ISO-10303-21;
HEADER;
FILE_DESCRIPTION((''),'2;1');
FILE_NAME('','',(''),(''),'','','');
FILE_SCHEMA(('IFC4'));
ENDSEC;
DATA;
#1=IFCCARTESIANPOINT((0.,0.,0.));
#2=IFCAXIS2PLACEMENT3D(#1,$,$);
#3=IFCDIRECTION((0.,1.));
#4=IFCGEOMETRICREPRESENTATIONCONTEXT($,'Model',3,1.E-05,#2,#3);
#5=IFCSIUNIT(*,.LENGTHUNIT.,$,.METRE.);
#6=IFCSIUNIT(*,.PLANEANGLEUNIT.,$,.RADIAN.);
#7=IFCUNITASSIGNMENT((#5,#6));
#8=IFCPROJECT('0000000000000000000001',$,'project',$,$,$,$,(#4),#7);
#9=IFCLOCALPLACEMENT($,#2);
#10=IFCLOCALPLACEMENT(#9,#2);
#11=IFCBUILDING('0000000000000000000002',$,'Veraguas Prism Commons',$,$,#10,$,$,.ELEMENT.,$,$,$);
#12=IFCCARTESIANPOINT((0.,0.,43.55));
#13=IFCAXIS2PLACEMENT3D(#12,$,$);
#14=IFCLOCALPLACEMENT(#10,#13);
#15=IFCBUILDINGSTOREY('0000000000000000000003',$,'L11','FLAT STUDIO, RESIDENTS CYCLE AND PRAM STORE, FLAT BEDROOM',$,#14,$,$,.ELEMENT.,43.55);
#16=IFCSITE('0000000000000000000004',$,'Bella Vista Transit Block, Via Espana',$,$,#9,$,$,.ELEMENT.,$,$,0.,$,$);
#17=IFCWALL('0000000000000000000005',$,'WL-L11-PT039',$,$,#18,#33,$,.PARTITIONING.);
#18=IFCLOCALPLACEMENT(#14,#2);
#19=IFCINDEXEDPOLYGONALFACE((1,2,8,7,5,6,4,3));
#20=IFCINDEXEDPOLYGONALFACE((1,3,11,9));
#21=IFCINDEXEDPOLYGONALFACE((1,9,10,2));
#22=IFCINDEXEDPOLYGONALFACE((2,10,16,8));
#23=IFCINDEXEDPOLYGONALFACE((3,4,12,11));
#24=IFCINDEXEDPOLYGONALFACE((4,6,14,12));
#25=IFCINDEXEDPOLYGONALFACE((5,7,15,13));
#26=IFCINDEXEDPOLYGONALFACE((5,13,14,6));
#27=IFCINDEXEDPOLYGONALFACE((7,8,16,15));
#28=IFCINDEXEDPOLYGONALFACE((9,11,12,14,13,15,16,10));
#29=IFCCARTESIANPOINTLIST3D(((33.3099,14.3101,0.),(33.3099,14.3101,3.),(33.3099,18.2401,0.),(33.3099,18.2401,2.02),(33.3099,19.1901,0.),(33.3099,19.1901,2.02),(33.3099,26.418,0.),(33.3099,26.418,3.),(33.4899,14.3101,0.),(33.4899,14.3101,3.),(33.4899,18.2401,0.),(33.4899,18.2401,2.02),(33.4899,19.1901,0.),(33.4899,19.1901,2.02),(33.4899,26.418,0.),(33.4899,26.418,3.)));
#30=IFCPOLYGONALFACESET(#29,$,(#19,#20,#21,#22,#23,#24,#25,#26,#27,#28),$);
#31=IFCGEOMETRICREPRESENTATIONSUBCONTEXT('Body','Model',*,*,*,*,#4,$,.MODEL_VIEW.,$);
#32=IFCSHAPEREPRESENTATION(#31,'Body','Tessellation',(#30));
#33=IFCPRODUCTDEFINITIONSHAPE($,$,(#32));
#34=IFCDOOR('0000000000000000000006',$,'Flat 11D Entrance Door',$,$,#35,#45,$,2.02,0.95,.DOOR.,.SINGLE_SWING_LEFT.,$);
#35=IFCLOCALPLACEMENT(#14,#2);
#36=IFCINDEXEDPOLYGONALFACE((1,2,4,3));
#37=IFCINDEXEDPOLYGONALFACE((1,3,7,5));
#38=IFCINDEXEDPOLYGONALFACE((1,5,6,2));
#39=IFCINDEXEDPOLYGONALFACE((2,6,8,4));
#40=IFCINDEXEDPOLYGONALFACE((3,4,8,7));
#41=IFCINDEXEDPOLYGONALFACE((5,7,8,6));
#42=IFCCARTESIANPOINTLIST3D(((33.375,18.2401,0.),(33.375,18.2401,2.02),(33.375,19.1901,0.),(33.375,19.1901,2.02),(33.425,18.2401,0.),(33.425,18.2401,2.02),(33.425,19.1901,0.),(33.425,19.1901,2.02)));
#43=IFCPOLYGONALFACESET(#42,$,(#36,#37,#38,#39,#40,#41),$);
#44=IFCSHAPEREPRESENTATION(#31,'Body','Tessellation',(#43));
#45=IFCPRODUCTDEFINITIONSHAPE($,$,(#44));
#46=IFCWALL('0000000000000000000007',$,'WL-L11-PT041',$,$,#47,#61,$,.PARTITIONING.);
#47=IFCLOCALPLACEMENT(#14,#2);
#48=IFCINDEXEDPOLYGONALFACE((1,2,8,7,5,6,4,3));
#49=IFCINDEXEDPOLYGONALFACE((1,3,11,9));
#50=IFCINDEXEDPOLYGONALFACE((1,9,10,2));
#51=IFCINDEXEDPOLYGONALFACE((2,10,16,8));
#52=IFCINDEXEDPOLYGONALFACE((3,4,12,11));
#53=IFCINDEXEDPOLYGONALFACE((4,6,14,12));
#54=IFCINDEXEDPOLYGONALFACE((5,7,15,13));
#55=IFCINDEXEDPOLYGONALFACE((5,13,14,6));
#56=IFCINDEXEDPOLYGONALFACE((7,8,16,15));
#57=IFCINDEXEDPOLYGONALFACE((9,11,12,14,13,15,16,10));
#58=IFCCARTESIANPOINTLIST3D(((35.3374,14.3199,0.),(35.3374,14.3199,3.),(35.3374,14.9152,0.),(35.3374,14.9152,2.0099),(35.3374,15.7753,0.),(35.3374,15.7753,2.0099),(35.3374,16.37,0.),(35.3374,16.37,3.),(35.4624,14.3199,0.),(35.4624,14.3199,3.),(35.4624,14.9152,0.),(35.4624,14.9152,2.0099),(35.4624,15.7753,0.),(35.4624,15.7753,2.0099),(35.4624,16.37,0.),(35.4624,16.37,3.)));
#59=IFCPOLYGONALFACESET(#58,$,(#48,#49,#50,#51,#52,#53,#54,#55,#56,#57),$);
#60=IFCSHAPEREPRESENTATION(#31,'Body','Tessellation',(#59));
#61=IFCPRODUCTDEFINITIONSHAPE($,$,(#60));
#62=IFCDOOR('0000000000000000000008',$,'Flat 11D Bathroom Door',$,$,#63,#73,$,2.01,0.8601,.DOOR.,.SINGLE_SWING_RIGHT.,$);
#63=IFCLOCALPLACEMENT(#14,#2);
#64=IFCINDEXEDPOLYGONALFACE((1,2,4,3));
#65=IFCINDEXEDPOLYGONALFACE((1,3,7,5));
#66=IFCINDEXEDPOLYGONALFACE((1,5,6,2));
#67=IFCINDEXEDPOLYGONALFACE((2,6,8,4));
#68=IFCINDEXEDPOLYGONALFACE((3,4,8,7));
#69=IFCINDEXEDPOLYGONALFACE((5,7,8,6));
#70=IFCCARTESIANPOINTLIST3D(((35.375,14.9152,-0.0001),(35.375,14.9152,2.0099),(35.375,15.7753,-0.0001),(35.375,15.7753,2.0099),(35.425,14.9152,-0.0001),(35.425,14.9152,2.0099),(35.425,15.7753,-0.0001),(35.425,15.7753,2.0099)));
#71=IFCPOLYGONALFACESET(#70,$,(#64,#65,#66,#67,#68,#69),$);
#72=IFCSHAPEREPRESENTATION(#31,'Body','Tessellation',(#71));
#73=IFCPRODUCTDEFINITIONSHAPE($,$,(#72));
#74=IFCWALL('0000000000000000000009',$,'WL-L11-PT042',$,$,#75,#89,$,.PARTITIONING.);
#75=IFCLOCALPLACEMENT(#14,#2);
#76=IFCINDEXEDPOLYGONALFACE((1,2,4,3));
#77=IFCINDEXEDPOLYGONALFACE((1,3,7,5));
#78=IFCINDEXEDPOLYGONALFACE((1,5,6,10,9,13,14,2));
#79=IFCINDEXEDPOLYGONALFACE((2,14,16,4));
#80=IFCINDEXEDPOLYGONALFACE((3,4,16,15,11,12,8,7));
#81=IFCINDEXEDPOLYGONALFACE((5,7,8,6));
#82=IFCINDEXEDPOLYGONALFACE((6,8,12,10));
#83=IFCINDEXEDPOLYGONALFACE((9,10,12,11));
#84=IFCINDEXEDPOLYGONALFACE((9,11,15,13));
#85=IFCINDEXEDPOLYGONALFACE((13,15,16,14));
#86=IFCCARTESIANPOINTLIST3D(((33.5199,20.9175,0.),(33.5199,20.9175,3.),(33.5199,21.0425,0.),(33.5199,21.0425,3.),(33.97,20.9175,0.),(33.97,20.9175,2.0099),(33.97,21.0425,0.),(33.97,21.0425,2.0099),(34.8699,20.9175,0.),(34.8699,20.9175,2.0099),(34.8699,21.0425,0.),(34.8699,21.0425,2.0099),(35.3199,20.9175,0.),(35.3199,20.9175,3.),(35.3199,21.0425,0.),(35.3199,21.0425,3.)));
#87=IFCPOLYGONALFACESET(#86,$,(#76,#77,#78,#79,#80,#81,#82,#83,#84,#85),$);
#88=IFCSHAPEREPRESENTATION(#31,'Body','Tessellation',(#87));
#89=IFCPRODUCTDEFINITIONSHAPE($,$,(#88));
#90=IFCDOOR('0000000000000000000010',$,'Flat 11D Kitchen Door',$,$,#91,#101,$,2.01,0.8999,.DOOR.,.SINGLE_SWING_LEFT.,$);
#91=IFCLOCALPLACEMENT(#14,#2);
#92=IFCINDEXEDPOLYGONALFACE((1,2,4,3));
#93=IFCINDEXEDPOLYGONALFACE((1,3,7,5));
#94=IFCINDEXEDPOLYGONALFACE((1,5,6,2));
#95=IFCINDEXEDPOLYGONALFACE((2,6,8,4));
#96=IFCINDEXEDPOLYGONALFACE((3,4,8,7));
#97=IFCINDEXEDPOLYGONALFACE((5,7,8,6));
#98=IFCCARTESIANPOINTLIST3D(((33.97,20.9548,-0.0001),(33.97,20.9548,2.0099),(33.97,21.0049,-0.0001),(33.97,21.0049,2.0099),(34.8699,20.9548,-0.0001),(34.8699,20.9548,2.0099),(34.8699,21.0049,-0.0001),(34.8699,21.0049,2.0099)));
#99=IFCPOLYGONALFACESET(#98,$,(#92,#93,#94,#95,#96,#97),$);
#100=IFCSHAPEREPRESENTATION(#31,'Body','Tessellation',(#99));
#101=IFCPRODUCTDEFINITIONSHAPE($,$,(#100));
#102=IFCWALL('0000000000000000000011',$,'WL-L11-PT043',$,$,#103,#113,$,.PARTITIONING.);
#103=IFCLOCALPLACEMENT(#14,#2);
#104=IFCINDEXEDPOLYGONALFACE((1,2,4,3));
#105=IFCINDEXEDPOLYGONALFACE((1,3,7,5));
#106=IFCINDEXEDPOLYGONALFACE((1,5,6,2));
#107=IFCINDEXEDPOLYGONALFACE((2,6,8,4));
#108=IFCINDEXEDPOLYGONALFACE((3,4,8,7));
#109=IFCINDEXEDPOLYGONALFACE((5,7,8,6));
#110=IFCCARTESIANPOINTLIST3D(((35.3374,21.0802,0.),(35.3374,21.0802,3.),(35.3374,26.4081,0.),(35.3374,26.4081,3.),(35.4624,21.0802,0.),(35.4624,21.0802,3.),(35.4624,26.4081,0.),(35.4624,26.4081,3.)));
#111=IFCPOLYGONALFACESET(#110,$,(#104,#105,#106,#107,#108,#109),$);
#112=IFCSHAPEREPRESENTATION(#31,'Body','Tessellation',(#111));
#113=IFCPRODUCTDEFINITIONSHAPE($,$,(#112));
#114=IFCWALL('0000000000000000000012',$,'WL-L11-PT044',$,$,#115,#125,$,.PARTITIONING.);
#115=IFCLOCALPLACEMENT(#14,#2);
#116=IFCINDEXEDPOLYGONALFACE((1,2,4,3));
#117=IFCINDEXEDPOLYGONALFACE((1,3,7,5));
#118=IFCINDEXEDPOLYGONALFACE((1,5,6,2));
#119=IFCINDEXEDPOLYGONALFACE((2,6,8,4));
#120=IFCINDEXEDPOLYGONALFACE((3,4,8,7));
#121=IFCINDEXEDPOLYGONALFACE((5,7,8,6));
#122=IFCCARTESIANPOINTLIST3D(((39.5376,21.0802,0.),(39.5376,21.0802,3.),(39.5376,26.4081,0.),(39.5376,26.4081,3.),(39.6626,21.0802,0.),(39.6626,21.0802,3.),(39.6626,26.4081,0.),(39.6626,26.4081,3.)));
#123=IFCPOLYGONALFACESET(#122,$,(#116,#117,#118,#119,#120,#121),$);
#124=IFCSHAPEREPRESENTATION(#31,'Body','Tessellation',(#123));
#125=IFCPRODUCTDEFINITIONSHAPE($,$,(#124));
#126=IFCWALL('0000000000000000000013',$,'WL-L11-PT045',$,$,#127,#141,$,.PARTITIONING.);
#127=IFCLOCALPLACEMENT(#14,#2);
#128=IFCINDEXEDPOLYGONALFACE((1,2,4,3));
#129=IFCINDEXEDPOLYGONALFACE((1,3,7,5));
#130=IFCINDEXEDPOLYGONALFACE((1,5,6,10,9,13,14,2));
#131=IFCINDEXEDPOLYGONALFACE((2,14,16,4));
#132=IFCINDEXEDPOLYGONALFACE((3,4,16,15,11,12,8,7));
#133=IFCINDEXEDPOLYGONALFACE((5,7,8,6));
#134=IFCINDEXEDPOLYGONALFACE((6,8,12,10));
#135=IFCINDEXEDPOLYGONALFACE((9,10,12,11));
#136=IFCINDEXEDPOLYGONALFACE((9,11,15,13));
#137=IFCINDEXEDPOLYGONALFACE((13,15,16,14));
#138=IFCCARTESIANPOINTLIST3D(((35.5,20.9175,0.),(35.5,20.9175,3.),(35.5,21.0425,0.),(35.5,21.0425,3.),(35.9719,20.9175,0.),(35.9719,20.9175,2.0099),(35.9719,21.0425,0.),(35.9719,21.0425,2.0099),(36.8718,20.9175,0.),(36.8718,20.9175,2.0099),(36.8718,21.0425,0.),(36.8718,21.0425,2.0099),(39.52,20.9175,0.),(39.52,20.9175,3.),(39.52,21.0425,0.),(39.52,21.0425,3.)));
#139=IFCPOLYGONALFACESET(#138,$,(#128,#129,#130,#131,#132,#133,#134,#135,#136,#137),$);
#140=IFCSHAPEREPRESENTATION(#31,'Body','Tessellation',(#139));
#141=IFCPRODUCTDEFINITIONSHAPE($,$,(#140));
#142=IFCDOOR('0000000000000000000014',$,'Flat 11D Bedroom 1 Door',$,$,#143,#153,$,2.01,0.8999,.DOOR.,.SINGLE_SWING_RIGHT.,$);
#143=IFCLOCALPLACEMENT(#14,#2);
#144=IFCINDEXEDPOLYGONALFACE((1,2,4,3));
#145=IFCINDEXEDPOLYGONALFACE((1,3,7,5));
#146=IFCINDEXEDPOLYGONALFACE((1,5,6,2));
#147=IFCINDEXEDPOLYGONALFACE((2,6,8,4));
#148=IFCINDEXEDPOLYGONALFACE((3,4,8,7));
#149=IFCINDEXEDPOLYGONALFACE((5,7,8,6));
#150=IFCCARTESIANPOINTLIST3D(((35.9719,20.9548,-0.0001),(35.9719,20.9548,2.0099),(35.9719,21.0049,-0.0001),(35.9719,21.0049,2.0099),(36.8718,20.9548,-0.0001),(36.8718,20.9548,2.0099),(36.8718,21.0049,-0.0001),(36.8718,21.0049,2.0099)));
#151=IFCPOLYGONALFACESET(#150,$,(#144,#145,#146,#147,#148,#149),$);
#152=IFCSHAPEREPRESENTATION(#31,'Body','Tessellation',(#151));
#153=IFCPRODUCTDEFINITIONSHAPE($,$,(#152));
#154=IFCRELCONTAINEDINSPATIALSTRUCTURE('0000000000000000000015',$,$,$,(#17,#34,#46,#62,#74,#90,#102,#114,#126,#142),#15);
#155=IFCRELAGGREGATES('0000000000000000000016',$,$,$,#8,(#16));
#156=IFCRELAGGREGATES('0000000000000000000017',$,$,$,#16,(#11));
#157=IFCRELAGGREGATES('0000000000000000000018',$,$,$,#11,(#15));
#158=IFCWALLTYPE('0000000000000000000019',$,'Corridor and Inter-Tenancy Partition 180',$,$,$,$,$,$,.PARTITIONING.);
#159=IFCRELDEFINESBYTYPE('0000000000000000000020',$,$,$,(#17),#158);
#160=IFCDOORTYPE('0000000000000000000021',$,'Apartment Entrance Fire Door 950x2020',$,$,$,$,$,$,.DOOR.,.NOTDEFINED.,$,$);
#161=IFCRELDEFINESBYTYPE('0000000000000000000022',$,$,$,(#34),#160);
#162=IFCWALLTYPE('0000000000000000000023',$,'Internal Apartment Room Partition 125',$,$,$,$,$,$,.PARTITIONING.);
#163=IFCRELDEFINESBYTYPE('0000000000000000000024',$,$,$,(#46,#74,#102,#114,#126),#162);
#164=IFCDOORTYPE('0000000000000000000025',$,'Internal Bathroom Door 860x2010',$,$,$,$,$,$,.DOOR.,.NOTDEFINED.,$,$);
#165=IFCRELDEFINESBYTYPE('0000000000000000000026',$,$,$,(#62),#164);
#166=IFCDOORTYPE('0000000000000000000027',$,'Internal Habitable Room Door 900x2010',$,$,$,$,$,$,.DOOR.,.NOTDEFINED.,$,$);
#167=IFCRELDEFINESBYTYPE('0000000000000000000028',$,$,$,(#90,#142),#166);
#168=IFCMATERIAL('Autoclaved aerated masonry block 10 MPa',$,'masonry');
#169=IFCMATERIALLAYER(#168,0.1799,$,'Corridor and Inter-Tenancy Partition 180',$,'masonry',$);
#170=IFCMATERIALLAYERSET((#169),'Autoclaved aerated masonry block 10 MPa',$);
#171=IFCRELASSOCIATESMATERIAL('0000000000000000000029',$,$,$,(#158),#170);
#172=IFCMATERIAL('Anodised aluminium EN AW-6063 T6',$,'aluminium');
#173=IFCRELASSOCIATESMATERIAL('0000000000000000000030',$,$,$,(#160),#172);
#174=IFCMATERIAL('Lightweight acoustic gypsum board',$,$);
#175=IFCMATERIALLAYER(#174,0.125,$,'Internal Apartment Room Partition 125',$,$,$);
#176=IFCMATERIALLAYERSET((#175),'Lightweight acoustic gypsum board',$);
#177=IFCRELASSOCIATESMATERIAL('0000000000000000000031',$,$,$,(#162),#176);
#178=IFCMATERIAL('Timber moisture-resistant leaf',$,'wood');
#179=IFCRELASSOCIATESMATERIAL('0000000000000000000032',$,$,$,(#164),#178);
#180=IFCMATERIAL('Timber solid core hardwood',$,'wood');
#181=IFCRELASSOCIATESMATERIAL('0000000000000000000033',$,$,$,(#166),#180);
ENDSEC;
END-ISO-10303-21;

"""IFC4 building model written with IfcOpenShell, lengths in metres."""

from ifc_helpers import new_model, si_unit, direction, frame, frame_2d, origin, place, context, subcontext, project, spatial, rectangle, extrude, source, transform, mapped, material, layer, layer_set, type_object, element, fill, save


model = new_model("IFC4")

# Units and contexts
model_context = context("Model", 3, precision=1e-05, world=origin(), true_north=direction((0.0, 1.0)))
body_context = subcontext(model_context, "Body", "Model", "MODEL_VIEW")
ifc_project = project(units=[si_unit("LENGTHUNIT", "METRE"), si_unit("PLANEANGLEUNIT", "RADIAN")], contexts=[model_context])

# Site, building, storey
site_placement = place(None, origin())
site = spatial("IfcSite", under=ifc_project, at=site_placement, Name="Bella Vista Transit Block, Via Espana", CompositionType="ELEMENT", RefElevation=0.0)
building_placement = place(site_placement, origin())
building = spatial("IfcBuilding", under=site, at=building_placement, Name="Veraguas Prism Commons", CompositionType="ELEMENT")
storey_placement = place(building_placement, frame((0.0, 0.0, 43.55)))
storey = spatial("IfcBuildingStorey", under=building, at=storey_placement, Name="L11", Description="FLAT STUDIO, RESIDENTS CYCLE AND PRAM STORE, FLAT BEDROOM", CompositionType="ELEMENT", Elevation=43.55)

# Shared definitions
ifc_material_1 = material(Name="Anodised aluminium EN AW-6063 T6", Category="aluminium")

# Shared definitions
ifc_material_2 = material(Name="Autoclaved aerated masonry block 10 MPa", Category="masonry")
ifc_layer_1 = layer(ifc_material_2, 0.1799, Name="Corridor and Inter-Tenancy Partition 180", Category="masonry")
ifc_layer_set_1 = layer_set([ifc_layer_1], Name="Autoclaved aerated masonry block 10 MPa")
wall_type_1 = type_object("IfcWallType", Name="Corridor and Inter-Tenancy Partition 180", PredefinedType="PARTITIONING", material=ifc_layer_set_1)

# Walls, openings, doors
wall_1_placement = place(storey_placement, frame((33.3999, 14.3101, 0.0), z_axis=(0.0, 0.0, 1.0), x_axis=(0.0, 1.0, 0.0)))
wall_1 = element("IfcWall", 1, at=wall_1_placement, inside=storey, type_object=wall_type_1, Name="WL-L11-PT039", PredefinedType="PARTITIONING", context=body_context, shape_type="SweptSolid", body=[
    extrude(rectangle(XDim=12.1079, YDim=0.1799, at=frame_2d((6.054, 0.0))), origin(), (0.0, 0.0, 1.0), 3.0),
])
opening_1_placement = place(wall_1_placement, frame((3.9299, 0.0, 0.0)))
opening_1 = element("IfcOpeningElement", 2, at=opening_1_placement, cuts=wall_1, PredefinedType="OPENING", context=body_context, shape_type="SweptSolid", body=[
    extrude(rectangle(XDim=0.95, YDim=2.02, at=frame_2d((0.4751, 1.01))), frame((0.0, 0.0999, 0.0), z_axis=(0.0, -1.0, 0.0), x_axis=(1.0, 0.0, 0.0)), (0.0, 0.0, 1.0), 0.2),
])
door_type_1 = type_object("IfcDoorType", Name="Apartment Entrance Fire Door 950x2020", OperationType="NOTDEFINED", PredefinedType="DOOR", material=ifc_material_1)
shared_shape_1 = source(origin(), body_context, "Body", "SweptSolid", [
    extrude(rectangle(XDim=0.95, YDim=2.02, at=frame_2d((0.4751, 1.01))), frame((0.0, 0.0249, 0.0), z_axis=(0.0, -1.0, 0.0), x_axis=(1.0, 0.0, 0.0)), (0.0, 0.0, 1.0), 0.05),
])
door_1_placement = place(opening_1_placement, origin())
door_1 = element("IfcDoor", 3, at=door_1_placement, inside=storey, type_object=door_type_1, Name="Flat 11D Entrance Door", OperationType="SINGLE_SWING_LEFT", OverallHeight=2.02, OverallWidth=0.95, PredefinedType="DOOR", context=body_context, shape_type="MappedRepresentation", body=[
    mapped(shared_shape_1, transform((0.0, 0.0, 0.0), scale=1.0)),
])
fill(opening_1, door_1)
ifc_material_3 = material(Name="Lightweight acoustic gypsum board")
ifc_layer_2 = layer(ifc_material_3, 0.125, Name="Internal Apartment Room Partition 125")
ifc_layer_set_2 = layer_set([ifc_layer_2], Name="Lightweight acoustic gypsum board")
wall_type_2 = type_object("IfcWallType", Name="Internal Apartment Room Partition 125", PredefinedType="PARTITIONING", material=ifc_layer_set_2)
wall_2_placement = place(storey_placement, frame((35.3999, 14.3201, 0.0), z_axis=(0.0, 0.0, 1.0), x_axis=(0.0, 1.0, 0.0)))
wall_2 = element("IfcWall", 4, at=wall_2_placement, inside=storey, type_object=wall_type_2, Name="WL-L11-PT041", PredefinedType="PARTITIONING", context=body_context, shape_type="SweptSolid", body=[
    extrude(rectangle(XDim=2.05, YDim=0.125, at=frame_2d((1.0249, 0.0))), origin(), (0.0, 0.0, 1.0), 3.0),
])
opening_2_placement = place(wall_2_placement, frame((0.595, 0.0, 0.0)))
opening_2 = element("IfcOpeningElement", 5, at=opening_2_placement, cuts=wall_2, PredefinedType="OPENING", context=body_context, shape_type="SweptSolid", body=[
    extrude(rectangle(XDim=0.8601, YDim=2.01, at=frame_2d((0.4302, 1.0049))), frame((0.0, 0.0725, 0.0), z_axis=(0.0, -1.0, 0.0), x_axis=(1.0, 0.0, 0.0)), (0.0, 0.0, 1.0), 0.145),
])
ifc_material_4 = material(Name="Timber moisture-resistant leaf", Category="wood")
door_type_2 = type_object("IfcDoorType", Name="Internal Bathroom Door 860x2010", OperationType="NOTDEFINED", PredefinedType="DOOR", material=ifc_material_4)
shared_shape_2 = source(origin(), body_context, "Body", "SweptSolid", [
    extrude(rectangle(XDim=0.8601, YDim=2.01, at=frame_2d((0.4302, 1.0049))), frame((0.0, 0.0249, 0.0), z_axis=(0.0, -1.0, 0.0), x_axis=(1.0, 0.0, 0.0)), (0.0, 0.0, 1.0), 0.05),
])
door_2_placement = place(opening_2_placement, origin())
door_2 = element("IfcDoor", 6, at=door_2_placement, inside=storey, type_object=door_type_2, Name="Flat 11D Bathroom Door", OperationType="SINGLE_SWING_RIGHT", OverallHeight=2.01, OverallWidth=0.8601, PredefinedType="DOOR", context=body_context, shape_type="MappedRepresentation", body=[
    mapped(shared_shape_2, transform((0.0, 0.0, 0.0), scale=1.0)),
])
fill(opening_2, door_2)
wall_3_placement = place(storey_placement, frame((33.52, 20.98, 0.0), z_axis=(0.0, 0.0, 1.0), x_axis=(1.0, 0.0, 0.0)))
wall_3 = element("IfcWall", 7, at=wall_3_placement, inside=storey, type_object=wall_type_2, Name="WL-L11-PT042", PredefinedType="PARTITIONING", context=body_context, shape_type="SweptSolid", body=[
    extrude(rectangle(XDim=1.8, YDim=0.125, at=frame_2d((0.8999, 0.0))), origin(), (0.0, 0.0, 1.0), 3.0),
])
opening_3_placement = place(wall_3_placement, frame((0.45, 0.0, 0.0)))
opening_3 = element("IfcOpeningElement", 8, at=opening_3_placement, cuts=wall_3, PredefinedType="OPENING", context=body_context, shape_type="SweptSolid", body=[
    extrude(rectangle(XDim=0.8999, YDim=2.01, at=frame_2d((0.45, 1.0049))), frame((0.0, 0.0725, 0.0), z_axis=(0.0, -1.0, 0.0), x_axis=(1.0, 0.0, 0.0)), (0.0, 0.0, 1.0), 0.145),
])
ifc_material_5 = material(Name="Timber solid core hardwood", Category="wood")
door_type_3 = type_object("IfcDoorType", Name="Internal Habitable Room Door 900x2010", OperationType="NOTDEFINED", PredefinedType="DOOR", material=ifc_material_5)
shared_shape_3 = source(origin(), body_context, "Body", "SweptSolid", [
    extrude(rectangle(XDim=0.8999, YDim=2.01, at=frame_2d((0.45, 1.0049))), frame((0.0, 0.0249, 0.0), z_axis=(0.0, -1.0, 0.0), x_axis=(1.0, 0.0, 0.0)), (0.0, 0.0, 1.0), 0.05),
])
door_3_placement = place(opening_3_placement, origin())
door_3 = element("IfcDoor", 9, at=door_3_placement, inside=storey, type_object=door_type_3, Name="Flat 11D Kitchen Door", OperationType="SINGLE_SWING_LEFT", OverallHeight=2.01, OverallWidth=0.8999, PredefinedType="DOOR", context=body_context, shape_type="MappedRepresentation", body=[
    mapped(shared_shape_3, transform((0.0, 0.0, 0.0), scale=1.0)),
])
fill(opening_3, door_3)

# Walls
for number, where, z_axis, x_axis, name in (
    (10, (35.3999, 21.0801, 0.0), (0.0, 0.0, 1.0), (0.0, 1.0, 0.0), "WL-L11-PT043"),
    (11, (39.6001, 21.0801, 0.0), (0.0, 0.0, 1.0), (0.0, 1.0, 0.0), "WL-L11-PT044"),
):
    element("IfcWall", number, at=place(storey_placement, frame(where, z_axis=z_axis, x_axis=x_axis)), inside=storey, type_object=wall_type_2, Name=name, PredefinedType="PARTITIONING", context=body_context, shape_type="SweptSolid", body=[
        extrude(rectangle(XDim=5.3279, YDim=0.125, at=frame_2d((2.6641, 0.0))), origin(), (0.0, 0.0, 1.0), 3.0),
    ])

# Wall, opening, door
wall_4_placement = place(storey_placement, frame((35.5, 20.98, 0.0), z_axis=(0.0, 0.0, 1.0), x_axis=(1.0, 0.0, 0.0)))
wall_4 = element("IfcWall", 12, at=wall_4_placement, inside=storey, type_object=wall_type_2, Name="WL-L11-PT045", PredefinedType="PARTITIONING", context=body_context, shape_type="SweptSolid", body=[
    extrude(rectangle(XDim=4.02, YDim=0.125, at=frame_2d((2.01, 0.0))), origin(), (0.0, 0.0, 1.0), 3.0),
])
opening_4_placement = place(wall_4_placement, frame((0.4719, 0.0, 0.0)))
opening_4 = element("IfcOpeningElement", 13, at=opening_4_placement, cuts=wall_4, PredefinedType="OPENING", context=body_context, shape_type="SweptSolid", body=[
    extrude(rectangle(XDim=0.8999, YDim=2.01, at=frame_2d((0.45, 1.0049))), frame((0.0, 0.0725, 0.0), z_axis=(0.0, -1.0, 0.0), x_axis=(1.0, 0.0, 0.0)), (0.0, 0.0, 1.0), 0.145),
])
door_4_placement = place(opening_4_placement, origin())
door_4 = element("IfcDoor", 14, at=door_4_placement, inside=storey, type_object=door_type_3, Name="Flat 11D Bedroom 1 Door", OperationType="SINGLE_SWING_RIGHT", OverallHeight=2.01, OverallWidth=0.8999, PredefinedType="DOOR", context=body_context, shape_type="MappedRepresentation", body=[
    mapped(shared_shape_3, transform((0.0, 0.0, 0.0), scale=1.0)),
])
fill(opening_4, door_4)

save(model, "model.ifc")
